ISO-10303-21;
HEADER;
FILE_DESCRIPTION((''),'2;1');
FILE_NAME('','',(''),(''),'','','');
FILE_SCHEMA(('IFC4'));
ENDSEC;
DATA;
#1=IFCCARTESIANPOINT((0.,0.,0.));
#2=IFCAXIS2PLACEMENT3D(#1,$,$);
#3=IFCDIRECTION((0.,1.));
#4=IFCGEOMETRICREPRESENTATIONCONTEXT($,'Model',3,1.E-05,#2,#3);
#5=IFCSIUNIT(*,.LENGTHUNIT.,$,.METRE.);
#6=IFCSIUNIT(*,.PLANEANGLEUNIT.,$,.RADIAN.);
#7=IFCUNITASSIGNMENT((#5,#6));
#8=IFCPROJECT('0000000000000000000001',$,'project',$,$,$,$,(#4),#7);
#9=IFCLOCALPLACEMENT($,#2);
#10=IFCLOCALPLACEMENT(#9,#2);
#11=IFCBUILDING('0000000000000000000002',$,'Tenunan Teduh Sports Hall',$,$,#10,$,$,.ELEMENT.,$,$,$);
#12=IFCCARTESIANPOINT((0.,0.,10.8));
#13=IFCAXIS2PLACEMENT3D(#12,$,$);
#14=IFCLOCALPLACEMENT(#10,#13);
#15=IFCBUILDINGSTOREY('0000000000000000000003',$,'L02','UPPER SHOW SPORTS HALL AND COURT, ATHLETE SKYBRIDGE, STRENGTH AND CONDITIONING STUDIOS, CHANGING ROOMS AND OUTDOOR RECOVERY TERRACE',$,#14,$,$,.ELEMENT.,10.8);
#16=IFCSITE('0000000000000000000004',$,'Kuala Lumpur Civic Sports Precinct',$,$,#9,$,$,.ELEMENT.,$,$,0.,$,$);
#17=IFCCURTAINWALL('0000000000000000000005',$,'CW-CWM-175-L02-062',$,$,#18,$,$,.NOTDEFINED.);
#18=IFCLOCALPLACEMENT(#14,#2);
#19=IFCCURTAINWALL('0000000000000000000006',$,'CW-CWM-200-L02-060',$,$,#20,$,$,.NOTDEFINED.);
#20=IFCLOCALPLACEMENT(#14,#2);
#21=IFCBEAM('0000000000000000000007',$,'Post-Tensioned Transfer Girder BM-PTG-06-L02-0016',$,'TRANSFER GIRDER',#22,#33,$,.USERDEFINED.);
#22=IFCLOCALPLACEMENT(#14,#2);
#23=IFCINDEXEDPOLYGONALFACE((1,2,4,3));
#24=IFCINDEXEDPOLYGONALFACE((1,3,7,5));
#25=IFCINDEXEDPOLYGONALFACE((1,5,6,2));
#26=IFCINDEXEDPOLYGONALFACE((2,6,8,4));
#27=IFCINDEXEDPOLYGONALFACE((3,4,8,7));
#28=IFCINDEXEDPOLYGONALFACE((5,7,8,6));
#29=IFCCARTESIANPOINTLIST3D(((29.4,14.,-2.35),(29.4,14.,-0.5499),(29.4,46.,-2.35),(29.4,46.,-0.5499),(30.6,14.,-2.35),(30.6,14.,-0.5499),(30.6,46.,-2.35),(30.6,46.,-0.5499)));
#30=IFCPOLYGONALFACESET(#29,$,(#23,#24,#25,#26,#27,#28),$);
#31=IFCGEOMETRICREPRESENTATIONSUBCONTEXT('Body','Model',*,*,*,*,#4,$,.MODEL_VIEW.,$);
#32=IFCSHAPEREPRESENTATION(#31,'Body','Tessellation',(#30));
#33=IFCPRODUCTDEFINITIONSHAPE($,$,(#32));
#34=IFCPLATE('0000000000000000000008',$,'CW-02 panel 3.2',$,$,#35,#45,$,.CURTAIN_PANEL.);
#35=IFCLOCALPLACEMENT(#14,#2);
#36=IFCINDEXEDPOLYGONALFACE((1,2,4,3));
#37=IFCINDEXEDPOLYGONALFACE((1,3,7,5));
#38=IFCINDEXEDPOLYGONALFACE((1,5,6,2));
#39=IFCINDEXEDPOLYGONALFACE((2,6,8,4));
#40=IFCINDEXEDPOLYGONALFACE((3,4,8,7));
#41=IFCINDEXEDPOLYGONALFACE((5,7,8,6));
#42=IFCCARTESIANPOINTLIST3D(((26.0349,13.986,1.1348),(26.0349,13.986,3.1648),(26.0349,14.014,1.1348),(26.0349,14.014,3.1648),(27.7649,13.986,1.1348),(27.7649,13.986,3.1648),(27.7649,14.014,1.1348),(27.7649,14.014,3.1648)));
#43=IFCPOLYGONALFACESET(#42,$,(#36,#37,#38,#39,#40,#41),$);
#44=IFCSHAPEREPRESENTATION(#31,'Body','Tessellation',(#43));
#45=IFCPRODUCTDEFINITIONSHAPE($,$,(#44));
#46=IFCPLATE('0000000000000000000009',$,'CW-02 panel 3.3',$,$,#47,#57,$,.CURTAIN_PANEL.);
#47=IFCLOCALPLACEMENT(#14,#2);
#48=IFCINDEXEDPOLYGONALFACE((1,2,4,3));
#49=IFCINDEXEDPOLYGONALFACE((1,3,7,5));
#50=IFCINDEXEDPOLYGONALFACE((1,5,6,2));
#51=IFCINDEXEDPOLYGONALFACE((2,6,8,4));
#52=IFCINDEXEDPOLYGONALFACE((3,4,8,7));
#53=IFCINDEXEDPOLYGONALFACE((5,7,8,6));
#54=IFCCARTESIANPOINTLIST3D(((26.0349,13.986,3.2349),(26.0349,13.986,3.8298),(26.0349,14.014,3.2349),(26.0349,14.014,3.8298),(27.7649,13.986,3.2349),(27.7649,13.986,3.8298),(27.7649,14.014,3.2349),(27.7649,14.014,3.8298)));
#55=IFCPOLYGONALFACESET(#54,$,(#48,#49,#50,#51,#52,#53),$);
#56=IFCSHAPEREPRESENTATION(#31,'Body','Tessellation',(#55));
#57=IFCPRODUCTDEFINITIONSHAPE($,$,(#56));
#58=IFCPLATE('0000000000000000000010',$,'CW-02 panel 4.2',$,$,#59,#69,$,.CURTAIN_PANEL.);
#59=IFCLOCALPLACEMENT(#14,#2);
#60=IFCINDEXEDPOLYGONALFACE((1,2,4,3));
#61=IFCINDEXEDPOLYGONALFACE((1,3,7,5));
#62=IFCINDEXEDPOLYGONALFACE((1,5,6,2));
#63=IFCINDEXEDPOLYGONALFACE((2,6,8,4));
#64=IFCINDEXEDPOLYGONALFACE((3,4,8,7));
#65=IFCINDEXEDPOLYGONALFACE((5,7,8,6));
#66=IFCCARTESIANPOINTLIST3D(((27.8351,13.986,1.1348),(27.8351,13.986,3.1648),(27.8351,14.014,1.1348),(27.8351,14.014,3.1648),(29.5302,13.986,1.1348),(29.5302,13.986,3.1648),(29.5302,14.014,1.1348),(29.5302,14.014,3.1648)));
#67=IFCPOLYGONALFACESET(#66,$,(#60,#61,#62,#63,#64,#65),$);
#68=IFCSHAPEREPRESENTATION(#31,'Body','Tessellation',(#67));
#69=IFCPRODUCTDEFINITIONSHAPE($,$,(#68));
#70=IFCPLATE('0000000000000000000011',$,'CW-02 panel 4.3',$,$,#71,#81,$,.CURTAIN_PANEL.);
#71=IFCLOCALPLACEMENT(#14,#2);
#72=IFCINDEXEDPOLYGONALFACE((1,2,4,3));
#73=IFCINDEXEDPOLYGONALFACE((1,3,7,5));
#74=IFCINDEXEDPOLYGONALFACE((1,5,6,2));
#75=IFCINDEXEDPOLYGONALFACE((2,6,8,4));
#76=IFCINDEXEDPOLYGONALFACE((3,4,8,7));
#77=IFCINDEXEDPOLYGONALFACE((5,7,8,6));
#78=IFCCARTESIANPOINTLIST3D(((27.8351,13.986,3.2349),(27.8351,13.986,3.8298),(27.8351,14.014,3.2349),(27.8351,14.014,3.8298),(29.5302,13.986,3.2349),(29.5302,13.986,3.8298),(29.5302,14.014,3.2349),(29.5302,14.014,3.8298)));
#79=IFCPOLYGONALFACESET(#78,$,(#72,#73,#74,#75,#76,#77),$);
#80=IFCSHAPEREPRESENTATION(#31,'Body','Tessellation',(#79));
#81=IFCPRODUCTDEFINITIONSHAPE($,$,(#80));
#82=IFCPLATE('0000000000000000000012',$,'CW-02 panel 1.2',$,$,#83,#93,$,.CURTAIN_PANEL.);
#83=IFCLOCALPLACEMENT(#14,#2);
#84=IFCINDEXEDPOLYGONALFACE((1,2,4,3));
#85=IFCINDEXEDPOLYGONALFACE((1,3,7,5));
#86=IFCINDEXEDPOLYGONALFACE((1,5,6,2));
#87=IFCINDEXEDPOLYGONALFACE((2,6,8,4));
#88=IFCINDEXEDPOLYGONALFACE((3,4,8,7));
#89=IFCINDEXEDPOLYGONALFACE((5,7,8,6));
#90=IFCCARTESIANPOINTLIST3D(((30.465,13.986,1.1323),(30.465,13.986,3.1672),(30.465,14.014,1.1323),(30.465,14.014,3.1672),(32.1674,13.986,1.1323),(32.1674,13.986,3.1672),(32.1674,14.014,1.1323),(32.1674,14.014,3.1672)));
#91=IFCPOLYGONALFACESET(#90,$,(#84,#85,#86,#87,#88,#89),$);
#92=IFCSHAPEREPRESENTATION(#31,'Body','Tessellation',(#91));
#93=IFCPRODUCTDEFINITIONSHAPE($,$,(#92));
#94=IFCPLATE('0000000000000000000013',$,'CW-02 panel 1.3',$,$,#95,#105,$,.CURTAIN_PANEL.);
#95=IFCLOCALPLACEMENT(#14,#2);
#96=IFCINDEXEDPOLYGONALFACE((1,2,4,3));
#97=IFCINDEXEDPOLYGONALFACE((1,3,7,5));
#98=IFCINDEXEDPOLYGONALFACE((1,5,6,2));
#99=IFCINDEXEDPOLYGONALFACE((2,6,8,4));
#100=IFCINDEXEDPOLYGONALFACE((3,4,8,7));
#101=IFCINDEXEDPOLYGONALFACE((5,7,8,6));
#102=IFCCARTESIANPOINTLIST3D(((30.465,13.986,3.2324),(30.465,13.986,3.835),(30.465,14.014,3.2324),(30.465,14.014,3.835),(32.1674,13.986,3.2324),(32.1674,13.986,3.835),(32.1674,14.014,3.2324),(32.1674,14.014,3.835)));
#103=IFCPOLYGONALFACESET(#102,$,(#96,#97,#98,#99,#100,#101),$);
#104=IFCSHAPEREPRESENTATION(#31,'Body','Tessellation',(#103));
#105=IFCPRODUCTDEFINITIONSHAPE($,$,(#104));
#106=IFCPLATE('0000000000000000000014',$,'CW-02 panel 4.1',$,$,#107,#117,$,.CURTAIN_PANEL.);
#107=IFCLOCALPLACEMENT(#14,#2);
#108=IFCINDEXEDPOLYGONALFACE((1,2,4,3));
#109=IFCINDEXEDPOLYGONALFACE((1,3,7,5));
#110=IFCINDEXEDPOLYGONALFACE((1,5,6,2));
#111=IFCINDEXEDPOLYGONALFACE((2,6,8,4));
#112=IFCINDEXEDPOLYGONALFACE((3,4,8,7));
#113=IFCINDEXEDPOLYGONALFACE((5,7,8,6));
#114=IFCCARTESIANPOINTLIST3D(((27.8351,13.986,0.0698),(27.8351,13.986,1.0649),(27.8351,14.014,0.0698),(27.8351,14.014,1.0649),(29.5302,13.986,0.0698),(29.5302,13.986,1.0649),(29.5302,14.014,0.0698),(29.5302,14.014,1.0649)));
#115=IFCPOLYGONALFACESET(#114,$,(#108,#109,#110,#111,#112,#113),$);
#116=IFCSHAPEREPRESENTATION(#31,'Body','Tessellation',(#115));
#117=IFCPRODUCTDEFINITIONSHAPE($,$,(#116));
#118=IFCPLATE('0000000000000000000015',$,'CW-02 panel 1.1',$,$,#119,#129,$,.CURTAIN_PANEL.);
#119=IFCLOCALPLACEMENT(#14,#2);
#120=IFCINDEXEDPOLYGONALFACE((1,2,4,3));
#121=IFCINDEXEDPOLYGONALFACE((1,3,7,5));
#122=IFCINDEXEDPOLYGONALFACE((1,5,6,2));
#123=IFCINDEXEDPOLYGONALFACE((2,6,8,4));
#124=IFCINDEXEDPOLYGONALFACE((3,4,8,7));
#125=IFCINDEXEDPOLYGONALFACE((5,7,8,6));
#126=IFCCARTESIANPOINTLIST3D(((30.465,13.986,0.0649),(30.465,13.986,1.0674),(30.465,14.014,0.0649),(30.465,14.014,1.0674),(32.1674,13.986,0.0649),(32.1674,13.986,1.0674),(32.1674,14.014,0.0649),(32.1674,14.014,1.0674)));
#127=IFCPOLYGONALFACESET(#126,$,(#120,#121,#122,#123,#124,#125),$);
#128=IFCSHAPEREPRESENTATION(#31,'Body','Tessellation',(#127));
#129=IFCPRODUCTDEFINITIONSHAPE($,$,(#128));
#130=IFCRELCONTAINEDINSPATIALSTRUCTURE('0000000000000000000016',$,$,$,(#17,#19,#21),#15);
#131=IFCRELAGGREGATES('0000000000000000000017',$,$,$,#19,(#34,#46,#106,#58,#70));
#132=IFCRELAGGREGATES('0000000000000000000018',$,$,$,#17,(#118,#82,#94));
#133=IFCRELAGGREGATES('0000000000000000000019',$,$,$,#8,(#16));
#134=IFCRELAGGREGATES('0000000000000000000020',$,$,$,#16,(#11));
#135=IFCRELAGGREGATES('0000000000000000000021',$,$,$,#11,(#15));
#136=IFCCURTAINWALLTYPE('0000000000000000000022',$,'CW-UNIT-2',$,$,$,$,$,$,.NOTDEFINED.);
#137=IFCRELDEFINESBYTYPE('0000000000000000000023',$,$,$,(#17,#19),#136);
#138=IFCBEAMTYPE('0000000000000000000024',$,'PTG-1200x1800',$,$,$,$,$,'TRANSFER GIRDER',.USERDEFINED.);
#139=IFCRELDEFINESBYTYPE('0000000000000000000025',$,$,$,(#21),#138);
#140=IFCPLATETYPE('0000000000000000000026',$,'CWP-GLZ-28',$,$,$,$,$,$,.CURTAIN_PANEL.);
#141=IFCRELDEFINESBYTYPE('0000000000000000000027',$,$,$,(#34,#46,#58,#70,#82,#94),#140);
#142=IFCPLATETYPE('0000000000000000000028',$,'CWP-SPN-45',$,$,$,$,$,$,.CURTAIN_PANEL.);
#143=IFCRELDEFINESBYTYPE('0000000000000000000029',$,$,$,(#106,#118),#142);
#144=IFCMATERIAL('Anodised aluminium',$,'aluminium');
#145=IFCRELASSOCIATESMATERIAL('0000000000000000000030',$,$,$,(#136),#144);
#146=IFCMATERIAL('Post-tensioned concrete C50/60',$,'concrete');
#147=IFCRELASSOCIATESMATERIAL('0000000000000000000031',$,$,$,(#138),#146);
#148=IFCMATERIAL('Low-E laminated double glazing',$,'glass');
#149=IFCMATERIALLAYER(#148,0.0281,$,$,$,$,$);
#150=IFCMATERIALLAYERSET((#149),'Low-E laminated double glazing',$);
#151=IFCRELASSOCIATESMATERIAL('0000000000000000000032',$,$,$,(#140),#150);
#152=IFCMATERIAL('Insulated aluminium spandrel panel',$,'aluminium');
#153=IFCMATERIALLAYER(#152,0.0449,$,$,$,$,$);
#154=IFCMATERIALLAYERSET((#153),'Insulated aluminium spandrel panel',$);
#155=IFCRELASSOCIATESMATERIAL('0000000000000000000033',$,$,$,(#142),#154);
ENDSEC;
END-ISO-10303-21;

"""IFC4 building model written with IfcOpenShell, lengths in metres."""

from ifc_helpers import new_model, si_unit, direction, frame, origin, origin_2d, place, context, subcontext, project, spatial, rectangle, extrude, material, layer, layer_set, material_profile, profile_set, type_object, element, aggregate, save


model = new_model("IFC4")

# Units and contexts
model_context = context("Model", 3, precision=1e-05, world=origin(), true_north=direction((0.0, 1.0)))
body_context = subcontext(model_context, "Body", "Model", "MODEL_VIEW")
ifc_project = project(units=[si_unit("LENGTHUNIT", "METRE"), si_unit("PLANEANGLEUNIT", "RADIAN")], contexts=[model_context])

# Site, building, storey
site_placement = place(None, origin())
site = spatial("IfcSite", under=ifc_project, at=site_placement, Name="Kuala Lumpur Civic Sports Precinct", CompositionType="ELEMENT", RefElevation=0.0)
building_placement = place(site_placement, origin())
building = spatial("IfcBuilding", under=site, at=building_placement, Name="Tenunan Teduh Sports Hall", CompositionType="ELEMENT")
storey_placement = place(building_placement, frame((0.0, 0.0, 10.8)))
storey = spatial("IfcBuildingStorey", under=building, at=storey_placement, Name="L02", Description="UPPER SHOW SPORTS HALL AND COURT, ATHLETE SKYBRIDGE, STRENGTH AND CONDITIONING STUDIOS, CHANGING ROOMS AND OUTDOOR RECOVERY TERRACE", CompositionType="ELEMENT", Elevation=10.8)

# Curtain wall
ifc_material_1 = material(Name="Anodised aluminium", Category="aluminium")
curtain_wall_type = type_object("IfcCurtainWallType", Name="CW-UNIT-2", PredefinedType="NOTDEFINED", material=ifc_material_1)
curtain_wall_1_placement = place(storey_placement, origin())
curtain_wall_1 = element("IfcCurtainWall", 1, at=curtain_wall_1_placement, inside=storey, type_object=curtain_wall_type, Name="CW-CWM-175-L02-062", PredefinedType="NOTDEFINED")

# Curtain wall
curtain_wall_2_placement = place(storey_placement, origin())
curtain_wall_2 = element("IfcCurtainWall", 2, at=curtain_wall_2_placement, inside=storey, type_object=curtain_wall_type, Name="CW-CWM-200-L02-060", PredefinedType="NOTDEFINED")

# Beam
ifc_material_2 = material(Name="Post-tensioned concrete C50/60", Category="concrete")
ifc_material_profile_1 = material_profile(ifc_material_2, rectangle(XDim=1.2, YDim=1.8, at=origin_2d()), Name="PTG 1200x1800")
ifc_profile_set_1 = profile_set([ifc_material_profile_1], Name="Post-tensioned concrete C50/60")
beam_type_1 = type_object("IfcBeamType", Name="PTG-1200x1800", ElementType="TRANSFER GIRDER", PredefinedType="USERDEFINED", material=ifc_profile_set_1)
beam_1_placement = place(storey_placement, frame((30.0, 14.0, -1.45), z_axis=(0.0, 1.0, 0.0), x_axis=(-1.0, 0.0, 0.0)))
element("IfcBeam", 3, at=beam_1_placement, inside=storey, type_object=beam_type_1, Name="Post-Tensioned Transfer Girder BM-PTG-06-L02-0016", ObjectType="TRANSFER GIRDER", PredefinedType="USERDEFINED", context=body_context, shape_type="SweptSolid", body=[
    extrude(rectangle(XDim=1.2, YDim=1.8, at=origin_2d()), origin(), (0.0, 0.0, 1.0), 32.0),
])

# Plates
ifc_material_3 = material(Name="Low-E laminated double glazing", Category="glass")
ifc_layer_1 = layer(ifc_material_3, 0.0281)
ifc_layer_set_1 = layer_set([ifc_layer_1], Name="Low-E laminated double glazing")
plate_type_1 = type_object("IfcPlateType", Name="CWP-GLZ-28", PredefinedType="CURTAIN_PANEL", material=ifc_layer_set_1)
plate_1_placement = place(storey_placement, frame((26.8999, 14.0, 1.1348), z_axis=(0.0, 0.0, 1.0), x_axis=(1.0, 0.0, 0.0)))
plate_1 = element("IfcPlate", 4, at=plate_1_placement, type_object=plate_type_1, Name="CW-02 panel 3.2", PredefinedType="CURTAIN_PANEL", context=body_context, shape_type="SweptSolid", body=[
    extrude(rectangle(XDim=1.73, YDim=0.0281, at=origin_2d()), origin(), (0.0, 0.0, 1.0), 2.03),
])
plate_2_placement = place(storey_placement, frame((26.8999, 14.0, 3.2349), z_axis=(0.0, 0.0, 1.0), x_axis=(1.0, 0.0, 0.0)))
plate_2 = element("IfcPlate", 5, at=plate_2_placement, type_object=plate_type_1, Name="CW-02 panel 3.3", PredefinedType="CURTAIN_PANEL", context=body_context, shape_type="SweptSolid", body=[
    extrude(rectangle(XDim=1.73, YDim=0.0281, at=origin_2d()), origin(), (0.0, 0.0, 1.0), 0.595),
])
plate_3_placement = place(storey_placement, frame((28.6826, 14.0, 1.1348), z_axis=(0.0, 0.0, 1.0), x_axis=(1.0, 0.0, 0.0)))
plate_3 = element("IfcPlate", 6, at=plate_3_placement, type_object=plate_type_1, Name="CW-02 panel 4.2", PredefinedType="CURTAIN_PANEL", context=body_context, shape_type="SweptSolid", body=[
    extrude(rectangle(XDim=1.6951, YDim=0.0281, at=origin_2d()), origin(), (0.0, 0.0, 1.0), 2.03),
])
plate_4_placement = place(storey_placement, frame((28.6826, 14.0, 3.2349), z_axis=(0.0, 0.0, 1.0), x_axis=(1.0, 0.0, 0.0)))
plate_4 = element("IfcPlate", 7, at=plate_4_placement, type_object=plate_type_1, Name="CW-02 panel 4.3", PredefinedType="CURTAIN_PANEL", context=body_context, shape_type="SweptSolid", body=[
    extrude(rectangle(XDim=1.6951, YDim=0.0281, at=origin_2d()), origin(), (0.0, 0.0, 1.0), 0.595),
])
plate_5_placement = place(storey_placement, frame((31.3162, 14.0, 1.1323), z_axis=(0.0, 0.0, 1.0), x_axis=(1.0, 0.0, 0.0)))
plate_5 = element("IfcPlate", 8, at=plate_5_placement, type_object=plate_type_1, Name="CW-02 panel 1.2", PredefinedType="CURTAIN_PANEL", context=body_context, shape_type="SweptSolid", body=[
    extrude(rectangle(XDim=1.7024, YDim=0.0281, at=origin_2d()), origin(), (0.0, 0.0, 1.0), 2.0349),
])
plate_6_placement = place(storey_placement, frame((31.3162, 14.0, 3.2324), z_axis=(0.0, 0.0, 1.0), x_axis=(1.0, 0.0, 0.0)))
plate_6 = element("IfcPlate", 9, at=plate_6_placement, type_object=plate_type_1, Name="CW-02 panel 1.3", PredefinedType="CURTAIN_PANEL", context=body_context, shape_type="SweptSolid", body=[
    extrude(rectangle(XDim=1.7024, YDim=0.0281, at=origin_2d()), origin(), (0.0, 0.0, 1.0), 0.6025),
])
ifc_material_4 = material(Name="Insulated aluminium spandrel panel", Category="aluminium")
ifc_layer_2 = layer(ifc_material_4, 0.0449)
ifc_layer_set_2 = layer_set([ifc_layer_2], Name="Insulated aluminium spandrel panel")
plate_type_2 = type_object("IfcPlateType", Name="CWP-SPN-45", PredefinedType="CURTAIN_PANEL", material=ifc_layer_set_2)
plate_7_placement = place(storey_placement, frame((28.6826, 14.0, 0.0698), z_axis=(0.0, 0.0, 1.0), x_axis=(1.0, 0.0, 0.0)))
plate_7 = element("IfcPlate", 10, at=plate_7_placement, type_object=plate_type_2, Name="CW-02 panel 4.1", PredefinedType="CURTAIN_PANEL", context=body_context, shape_type="SweptSolid", body=[
    extrude(rectangle(XDim=1.6951, YDim=0.0281, at=origin_2d()), origin(), (0.0, 0.0, 1.0), 0.9951),
])
aggregate(curtain_wall_2, [plate_1, plate_2, plate_7, plate_3, plate_4])
plate_8_placement = place(storey_placement, frame((31.3162, 14.0, 0.0649), z_axis=(0.0, 0.0, 1.0), x_axis=(1.0, 0.0, 0.0)))
plate_8 = element("IfcPlate", 11, at=plate_8_placement, type_object=plate_type_2, Name="CW-02 panel 1.1", PredefinedType="CURTAIN_PANEL", context=body_context, shape_type="SweptSolid", body=[
    extrude(rectangle(XDim=1.7024, YDim=0.0281, at=origin_2d()), origin(), (0.0, 0.0, 1.0), 1.0024),
])
aggregate(curtain_wall_1, [plate_8, plate_5, plate_6])

save(model, "model.ifc")
